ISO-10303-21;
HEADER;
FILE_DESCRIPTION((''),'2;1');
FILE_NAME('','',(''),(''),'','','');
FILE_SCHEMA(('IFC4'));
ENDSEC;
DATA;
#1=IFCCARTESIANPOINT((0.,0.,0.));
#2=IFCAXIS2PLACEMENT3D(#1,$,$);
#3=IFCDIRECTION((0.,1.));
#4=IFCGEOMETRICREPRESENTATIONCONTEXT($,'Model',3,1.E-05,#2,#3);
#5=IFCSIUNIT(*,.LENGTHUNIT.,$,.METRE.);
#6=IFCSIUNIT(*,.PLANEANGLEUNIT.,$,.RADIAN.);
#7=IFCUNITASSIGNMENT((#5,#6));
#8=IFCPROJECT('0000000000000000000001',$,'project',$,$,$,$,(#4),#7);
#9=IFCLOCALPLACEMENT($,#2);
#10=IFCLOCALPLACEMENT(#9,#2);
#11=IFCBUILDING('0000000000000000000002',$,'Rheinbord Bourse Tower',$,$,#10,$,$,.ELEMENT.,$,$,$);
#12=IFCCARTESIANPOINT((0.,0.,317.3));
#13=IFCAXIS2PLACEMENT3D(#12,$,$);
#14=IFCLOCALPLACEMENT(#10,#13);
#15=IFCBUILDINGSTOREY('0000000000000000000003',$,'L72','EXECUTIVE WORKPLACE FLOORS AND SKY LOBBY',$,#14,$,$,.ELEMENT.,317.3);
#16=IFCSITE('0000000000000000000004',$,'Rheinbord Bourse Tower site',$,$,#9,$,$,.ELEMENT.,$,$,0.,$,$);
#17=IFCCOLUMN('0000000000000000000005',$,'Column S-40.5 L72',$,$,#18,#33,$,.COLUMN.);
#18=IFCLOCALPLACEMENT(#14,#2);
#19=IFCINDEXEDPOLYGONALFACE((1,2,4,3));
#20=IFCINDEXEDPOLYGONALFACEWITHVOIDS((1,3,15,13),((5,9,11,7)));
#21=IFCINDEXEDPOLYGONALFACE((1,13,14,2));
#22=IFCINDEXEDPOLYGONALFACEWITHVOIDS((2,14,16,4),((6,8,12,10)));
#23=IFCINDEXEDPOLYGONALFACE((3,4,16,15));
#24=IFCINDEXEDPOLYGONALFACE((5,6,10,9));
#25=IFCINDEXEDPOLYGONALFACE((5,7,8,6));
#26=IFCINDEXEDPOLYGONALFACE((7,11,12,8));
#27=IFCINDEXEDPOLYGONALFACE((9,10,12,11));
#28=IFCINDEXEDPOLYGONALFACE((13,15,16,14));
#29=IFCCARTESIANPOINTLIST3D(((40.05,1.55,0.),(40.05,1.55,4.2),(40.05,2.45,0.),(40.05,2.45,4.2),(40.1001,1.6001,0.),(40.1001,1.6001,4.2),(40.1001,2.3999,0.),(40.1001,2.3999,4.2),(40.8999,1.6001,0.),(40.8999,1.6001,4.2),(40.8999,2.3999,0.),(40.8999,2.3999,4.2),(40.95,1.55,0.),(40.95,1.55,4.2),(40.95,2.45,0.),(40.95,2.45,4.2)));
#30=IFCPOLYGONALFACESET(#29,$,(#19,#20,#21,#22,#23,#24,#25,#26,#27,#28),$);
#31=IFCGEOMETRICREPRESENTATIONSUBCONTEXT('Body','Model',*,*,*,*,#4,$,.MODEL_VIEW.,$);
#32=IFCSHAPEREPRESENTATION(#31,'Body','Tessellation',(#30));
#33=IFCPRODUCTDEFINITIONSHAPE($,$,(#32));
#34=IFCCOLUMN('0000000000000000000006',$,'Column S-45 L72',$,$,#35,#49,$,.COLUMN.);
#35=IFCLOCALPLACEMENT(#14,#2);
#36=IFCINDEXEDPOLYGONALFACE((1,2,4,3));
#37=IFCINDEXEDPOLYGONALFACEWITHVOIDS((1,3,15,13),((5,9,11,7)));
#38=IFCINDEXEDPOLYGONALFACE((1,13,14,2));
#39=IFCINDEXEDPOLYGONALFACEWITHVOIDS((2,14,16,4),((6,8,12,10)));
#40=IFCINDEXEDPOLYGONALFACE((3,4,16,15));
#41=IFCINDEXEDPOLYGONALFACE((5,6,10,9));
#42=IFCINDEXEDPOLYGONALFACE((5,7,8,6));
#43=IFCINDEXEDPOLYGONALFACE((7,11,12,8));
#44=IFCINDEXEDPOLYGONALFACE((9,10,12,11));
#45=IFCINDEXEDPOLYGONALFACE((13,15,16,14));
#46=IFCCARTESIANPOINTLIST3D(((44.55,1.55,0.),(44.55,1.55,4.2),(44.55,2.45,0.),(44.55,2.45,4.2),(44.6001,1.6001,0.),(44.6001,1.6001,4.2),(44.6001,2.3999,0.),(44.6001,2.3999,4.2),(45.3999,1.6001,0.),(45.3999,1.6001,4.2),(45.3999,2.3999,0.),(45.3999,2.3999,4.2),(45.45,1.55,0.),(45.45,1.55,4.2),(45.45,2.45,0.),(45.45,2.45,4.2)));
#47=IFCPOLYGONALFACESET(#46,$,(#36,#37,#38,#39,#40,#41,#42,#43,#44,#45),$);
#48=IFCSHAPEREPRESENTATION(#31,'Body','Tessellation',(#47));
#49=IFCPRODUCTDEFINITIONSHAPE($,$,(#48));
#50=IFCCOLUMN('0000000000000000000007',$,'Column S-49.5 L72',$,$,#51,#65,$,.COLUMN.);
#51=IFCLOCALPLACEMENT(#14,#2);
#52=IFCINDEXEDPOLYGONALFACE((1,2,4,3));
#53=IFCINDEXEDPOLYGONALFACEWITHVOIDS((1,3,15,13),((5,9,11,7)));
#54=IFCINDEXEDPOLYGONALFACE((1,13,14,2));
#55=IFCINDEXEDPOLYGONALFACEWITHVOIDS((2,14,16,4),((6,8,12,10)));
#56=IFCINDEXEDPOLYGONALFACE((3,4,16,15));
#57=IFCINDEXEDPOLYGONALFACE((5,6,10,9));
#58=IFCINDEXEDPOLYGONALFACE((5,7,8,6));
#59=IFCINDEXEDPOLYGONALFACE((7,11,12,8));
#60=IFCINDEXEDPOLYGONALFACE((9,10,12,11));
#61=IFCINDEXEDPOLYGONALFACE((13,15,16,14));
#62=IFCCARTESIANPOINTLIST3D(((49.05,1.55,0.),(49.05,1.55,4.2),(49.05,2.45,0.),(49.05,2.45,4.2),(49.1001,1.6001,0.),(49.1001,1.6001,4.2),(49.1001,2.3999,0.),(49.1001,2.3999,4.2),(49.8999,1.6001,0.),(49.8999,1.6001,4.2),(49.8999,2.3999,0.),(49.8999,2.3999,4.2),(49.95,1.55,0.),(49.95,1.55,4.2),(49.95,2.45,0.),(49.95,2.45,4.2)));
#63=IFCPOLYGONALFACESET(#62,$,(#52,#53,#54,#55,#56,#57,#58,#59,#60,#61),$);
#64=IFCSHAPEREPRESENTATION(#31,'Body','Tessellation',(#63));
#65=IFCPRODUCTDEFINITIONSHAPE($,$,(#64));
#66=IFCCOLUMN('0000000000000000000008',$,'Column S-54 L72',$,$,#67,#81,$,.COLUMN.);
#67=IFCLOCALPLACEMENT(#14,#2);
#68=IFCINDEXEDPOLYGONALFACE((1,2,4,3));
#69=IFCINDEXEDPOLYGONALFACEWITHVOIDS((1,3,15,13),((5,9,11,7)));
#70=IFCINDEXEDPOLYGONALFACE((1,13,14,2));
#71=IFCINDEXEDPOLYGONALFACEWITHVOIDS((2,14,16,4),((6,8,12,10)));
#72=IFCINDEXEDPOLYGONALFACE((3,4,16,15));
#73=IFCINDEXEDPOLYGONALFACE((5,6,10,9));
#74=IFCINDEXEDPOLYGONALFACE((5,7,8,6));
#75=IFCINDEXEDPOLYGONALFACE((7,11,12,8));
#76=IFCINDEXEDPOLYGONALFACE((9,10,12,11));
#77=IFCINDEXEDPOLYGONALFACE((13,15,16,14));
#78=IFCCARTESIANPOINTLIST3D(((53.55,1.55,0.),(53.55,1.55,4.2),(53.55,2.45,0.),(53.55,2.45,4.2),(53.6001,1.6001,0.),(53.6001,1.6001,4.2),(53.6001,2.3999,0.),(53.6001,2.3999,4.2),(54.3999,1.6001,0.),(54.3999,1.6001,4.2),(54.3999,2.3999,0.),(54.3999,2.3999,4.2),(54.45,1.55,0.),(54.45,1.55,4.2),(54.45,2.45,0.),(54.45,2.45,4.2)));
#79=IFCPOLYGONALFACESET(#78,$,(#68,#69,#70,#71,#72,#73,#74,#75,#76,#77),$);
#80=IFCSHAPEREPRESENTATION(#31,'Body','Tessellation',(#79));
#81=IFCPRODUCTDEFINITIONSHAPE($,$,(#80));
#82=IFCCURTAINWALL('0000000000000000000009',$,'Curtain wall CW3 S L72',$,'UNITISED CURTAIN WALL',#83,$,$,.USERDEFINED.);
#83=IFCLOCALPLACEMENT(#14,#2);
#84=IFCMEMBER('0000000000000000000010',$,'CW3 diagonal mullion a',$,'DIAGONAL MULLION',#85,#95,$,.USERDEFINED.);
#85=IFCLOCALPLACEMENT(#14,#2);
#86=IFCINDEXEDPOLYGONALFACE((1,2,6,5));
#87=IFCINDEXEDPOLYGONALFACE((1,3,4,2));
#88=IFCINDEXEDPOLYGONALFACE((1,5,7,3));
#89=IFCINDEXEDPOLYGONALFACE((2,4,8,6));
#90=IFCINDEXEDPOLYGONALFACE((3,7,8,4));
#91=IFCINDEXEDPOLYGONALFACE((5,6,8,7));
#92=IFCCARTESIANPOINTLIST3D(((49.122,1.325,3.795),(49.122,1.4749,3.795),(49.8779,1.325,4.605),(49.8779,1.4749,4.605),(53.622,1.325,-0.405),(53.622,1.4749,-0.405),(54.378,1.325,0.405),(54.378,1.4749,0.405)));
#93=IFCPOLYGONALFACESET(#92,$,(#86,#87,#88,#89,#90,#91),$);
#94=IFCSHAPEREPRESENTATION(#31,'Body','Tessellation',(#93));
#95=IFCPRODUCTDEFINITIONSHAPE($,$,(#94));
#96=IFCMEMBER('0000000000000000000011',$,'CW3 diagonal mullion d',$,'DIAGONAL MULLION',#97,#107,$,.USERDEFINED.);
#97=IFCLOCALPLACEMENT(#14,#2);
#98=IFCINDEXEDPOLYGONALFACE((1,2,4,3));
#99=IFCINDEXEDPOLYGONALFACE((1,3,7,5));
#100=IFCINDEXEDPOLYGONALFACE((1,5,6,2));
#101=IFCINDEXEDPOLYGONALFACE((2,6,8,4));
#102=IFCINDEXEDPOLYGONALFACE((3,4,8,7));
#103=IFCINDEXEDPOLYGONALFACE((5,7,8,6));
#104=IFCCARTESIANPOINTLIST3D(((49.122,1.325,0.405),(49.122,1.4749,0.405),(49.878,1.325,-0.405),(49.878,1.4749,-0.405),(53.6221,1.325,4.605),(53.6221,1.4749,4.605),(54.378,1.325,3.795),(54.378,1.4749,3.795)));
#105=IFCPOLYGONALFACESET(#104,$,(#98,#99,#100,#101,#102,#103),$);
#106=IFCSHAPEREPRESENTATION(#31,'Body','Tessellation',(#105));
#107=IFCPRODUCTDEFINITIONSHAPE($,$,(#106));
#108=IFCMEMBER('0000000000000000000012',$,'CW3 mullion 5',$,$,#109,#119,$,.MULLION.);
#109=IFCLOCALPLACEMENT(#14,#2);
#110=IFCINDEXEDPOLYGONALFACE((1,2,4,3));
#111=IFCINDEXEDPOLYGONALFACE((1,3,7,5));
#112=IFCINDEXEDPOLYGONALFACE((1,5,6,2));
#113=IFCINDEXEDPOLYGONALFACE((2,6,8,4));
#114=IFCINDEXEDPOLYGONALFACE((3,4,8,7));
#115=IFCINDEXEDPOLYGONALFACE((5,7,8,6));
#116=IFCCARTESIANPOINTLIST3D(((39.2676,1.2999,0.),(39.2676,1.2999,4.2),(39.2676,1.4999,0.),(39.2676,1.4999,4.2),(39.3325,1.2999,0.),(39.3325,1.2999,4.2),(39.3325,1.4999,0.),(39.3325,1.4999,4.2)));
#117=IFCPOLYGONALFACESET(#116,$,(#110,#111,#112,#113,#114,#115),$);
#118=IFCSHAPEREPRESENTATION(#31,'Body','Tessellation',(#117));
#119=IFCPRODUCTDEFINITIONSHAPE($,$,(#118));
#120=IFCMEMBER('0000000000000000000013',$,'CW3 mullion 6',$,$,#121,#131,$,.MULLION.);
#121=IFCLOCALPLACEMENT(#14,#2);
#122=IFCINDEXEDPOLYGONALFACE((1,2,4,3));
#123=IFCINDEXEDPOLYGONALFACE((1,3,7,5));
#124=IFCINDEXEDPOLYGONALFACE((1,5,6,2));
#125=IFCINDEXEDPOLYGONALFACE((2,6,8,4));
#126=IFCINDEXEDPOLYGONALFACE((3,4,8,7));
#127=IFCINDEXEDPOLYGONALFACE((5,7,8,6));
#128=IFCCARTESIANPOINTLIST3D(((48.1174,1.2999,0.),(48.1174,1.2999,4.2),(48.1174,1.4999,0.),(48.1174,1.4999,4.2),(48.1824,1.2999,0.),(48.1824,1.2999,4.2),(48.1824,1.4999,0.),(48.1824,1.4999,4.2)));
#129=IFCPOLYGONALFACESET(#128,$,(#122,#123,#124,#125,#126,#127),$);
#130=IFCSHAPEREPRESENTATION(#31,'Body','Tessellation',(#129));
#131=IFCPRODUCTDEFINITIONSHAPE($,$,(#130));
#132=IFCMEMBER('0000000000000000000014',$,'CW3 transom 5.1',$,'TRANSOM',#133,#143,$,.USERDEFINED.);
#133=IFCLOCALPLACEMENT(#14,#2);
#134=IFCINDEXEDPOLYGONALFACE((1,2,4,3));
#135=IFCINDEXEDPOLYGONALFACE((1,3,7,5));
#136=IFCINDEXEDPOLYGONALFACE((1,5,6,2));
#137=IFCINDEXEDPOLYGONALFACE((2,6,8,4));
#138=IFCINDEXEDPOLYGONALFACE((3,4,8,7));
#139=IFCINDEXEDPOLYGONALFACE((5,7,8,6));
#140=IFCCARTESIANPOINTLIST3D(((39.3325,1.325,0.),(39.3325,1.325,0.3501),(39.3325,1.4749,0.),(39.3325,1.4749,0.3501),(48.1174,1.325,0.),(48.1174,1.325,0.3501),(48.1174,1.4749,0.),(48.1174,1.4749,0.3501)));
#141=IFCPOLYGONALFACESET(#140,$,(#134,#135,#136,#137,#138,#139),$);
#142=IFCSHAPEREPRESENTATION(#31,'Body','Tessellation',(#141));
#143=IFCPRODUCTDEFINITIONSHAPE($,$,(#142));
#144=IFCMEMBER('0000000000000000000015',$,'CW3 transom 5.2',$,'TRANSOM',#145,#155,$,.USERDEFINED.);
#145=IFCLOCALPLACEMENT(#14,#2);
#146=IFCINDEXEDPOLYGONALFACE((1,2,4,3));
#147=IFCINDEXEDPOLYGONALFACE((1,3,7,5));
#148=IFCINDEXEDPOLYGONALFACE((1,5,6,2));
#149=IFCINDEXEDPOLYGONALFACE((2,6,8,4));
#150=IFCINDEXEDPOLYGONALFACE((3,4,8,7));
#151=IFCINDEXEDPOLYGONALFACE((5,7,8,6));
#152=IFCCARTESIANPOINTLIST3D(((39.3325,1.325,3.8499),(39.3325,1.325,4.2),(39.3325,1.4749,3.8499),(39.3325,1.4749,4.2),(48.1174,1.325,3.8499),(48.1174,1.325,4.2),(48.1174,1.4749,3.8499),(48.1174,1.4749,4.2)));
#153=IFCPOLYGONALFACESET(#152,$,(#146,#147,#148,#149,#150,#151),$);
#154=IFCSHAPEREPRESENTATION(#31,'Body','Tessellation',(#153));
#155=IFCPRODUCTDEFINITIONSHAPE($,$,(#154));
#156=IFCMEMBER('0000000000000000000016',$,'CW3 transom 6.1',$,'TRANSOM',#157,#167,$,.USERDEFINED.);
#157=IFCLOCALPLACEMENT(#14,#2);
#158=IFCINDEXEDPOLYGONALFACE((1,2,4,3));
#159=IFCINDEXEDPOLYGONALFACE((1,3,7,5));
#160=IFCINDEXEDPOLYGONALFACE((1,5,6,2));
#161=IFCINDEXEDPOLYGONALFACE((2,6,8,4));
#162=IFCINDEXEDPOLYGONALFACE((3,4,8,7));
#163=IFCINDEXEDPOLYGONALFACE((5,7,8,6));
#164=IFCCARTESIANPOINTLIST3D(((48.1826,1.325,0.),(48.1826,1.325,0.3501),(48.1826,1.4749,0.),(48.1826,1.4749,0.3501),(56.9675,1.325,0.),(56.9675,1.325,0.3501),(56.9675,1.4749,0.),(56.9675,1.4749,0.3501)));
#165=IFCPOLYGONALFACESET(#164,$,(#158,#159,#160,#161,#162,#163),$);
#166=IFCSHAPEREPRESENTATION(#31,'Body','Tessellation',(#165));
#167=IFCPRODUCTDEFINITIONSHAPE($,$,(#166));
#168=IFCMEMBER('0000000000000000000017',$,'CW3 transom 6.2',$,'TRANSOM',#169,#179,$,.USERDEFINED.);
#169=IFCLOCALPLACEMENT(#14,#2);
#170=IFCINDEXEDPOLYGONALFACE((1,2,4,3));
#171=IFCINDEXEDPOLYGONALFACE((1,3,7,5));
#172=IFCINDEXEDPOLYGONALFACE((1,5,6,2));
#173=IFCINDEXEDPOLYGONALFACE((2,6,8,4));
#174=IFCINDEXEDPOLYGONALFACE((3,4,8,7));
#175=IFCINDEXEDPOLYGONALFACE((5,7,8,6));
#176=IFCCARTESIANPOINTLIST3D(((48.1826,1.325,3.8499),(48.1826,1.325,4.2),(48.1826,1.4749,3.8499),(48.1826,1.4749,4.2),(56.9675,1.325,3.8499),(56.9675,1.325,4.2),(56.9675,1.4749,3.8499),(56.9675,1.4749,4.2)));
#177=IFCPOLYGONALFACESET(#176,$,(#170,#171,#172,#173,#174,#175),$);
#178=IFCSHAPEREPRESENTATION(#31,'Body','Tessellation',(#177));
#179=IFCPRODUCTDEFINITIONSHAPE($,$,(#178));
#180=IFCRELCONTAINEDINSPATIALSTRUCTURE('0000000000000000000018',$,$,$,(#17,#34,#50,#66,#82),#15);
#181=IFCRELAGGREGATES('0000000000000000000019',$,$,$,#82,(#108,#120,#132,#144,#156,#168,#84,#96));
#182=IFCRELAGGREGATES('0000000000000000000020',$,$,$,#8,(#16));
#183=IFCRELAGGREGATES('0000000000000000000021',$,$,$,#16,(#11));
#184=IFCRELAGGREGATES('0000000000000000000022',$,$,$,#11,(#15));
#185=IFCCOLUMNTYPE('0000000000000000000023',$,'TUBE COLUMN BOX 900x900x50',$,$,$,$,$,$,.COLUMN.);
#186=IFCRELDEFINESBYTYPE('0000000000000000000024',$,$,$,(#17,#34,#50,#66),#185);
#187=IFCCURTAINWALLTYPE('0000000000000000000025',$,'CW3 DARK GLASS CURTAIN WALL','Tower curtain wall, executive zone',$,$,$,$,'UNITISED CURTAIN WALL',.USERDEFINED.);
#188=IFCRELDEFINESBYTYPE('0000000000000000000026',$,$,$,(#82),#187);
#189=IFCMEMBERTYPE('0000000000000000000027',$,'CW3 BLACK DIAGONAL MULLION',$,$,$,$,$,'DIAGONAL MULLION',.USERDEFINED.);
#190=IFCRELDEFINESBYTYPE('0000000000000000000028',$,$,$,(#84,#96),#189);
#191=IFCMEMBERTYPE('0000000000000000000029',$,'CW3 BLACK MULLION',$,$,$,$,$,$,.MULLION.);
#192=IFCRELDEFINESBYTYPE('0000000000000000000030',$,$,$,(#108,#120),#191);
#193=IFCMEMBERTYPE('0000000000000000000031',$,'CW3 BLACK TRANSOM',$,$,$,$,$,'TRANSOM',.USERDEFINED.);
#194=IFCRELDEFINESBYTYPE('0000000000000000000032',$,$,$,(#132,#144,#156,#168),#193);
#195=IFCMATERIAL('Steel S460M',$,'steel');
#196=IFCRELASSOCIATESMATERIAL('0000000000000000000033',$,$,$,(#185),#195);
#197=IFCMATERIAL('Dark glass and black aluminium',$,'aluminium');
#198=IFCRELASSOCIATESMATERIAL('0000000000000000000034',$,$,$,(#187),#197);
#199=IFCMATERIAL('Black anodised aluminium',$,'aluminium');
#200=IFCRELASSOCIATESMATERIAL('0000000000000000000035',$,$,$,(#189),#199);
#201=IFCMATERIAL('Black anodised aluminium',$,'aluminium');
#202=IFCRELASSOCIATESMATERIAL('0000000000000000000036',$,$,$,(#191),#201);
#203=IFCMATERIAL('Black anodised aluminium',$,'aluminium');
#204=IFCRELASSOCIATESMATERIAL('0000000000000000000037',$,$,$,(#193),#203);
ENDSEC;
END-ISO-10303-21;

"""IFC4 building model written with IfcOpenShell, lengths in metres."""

from ifc_helpers import new_model, si_unit, direction, frame, origin, origin_2d, place, context, subcontext, project, spatial, rectangle, hollow_rectangle, extrude, material, material_profile, profile_set, type_object, element, aggregate, save


model = new_model("IFC4")

# Units and contexts
model_context = context("Model", 3, precision=1e-05, world=origin(), true_north=direction((0.0, 1.0)))
body_context = subcontext(model_context, "Body", "Model", "MODEL_VIEW")
ifc_project = project(units=[si_unit("LENGTHUNIT", "METRE"), si_unit("PLANEANGLEUNIT", "RADIAN")], contexts=[model_context])

# Site, building, storey
site_placement = place(None, origin())
site = spatial("IfcSite", under=ifc_project, at=site_placement, Name="Rheinbord Bourse Tower site", CompositionType="ELEMENT", RefElevation=0.0)
building_placement = place(site_placement, origin())
building = spatial("IfcBuilding", under=site, at=building_placement, Name="Rheinbord Bourse Tower", CompositionType="ELEMENT")
storey_placement = place(building_placement, frame((0.0, 0.0, 317.3)))
storey = spatial("IfcBuildingStorey", under=building, at=storey_placement, Name="L72", Description="EXECUTIVE WORKPLACE FLOORS AND SKY LOBBY", CompositionType="ELEMENT", Elevation=317.3)

# Columns
ifc_material_1 = material(Name="Steel S460M", Category="steel")
ifc_material_profile_1 = material_profile(ifc_material_1, hollow_rectangle(XDim=0.8999, YDim=0.8999, WallThickness=0.05, at=origin_2d()), Name="BOX 900x900x50")
ifc_profile_set_1 = profile_set([ifc_material_profile_1], Name="Steel S460M")
column_type = type_object("IfcColumnType", Name="TUBE COLUMN BOX 900x900x50", PredefinedType="COLUMN", material=ifc_profile_set_1)
for number, where, z_axis, x_axis, name in (
    (1, (40.5, 2.0, 0.0), (0.0, 0.0, 1.0), (0.0, 1.0, 0.0), "Column S-40.5 L72"),
    (2, (45.0, 2.0, 0.0), (0.0, 0.0, 1.0), (0.0, 1.0, 0.0), "Column S-45 L72"),
    (3, (49.5, 2.0, 0.0), (0.0, 0.0, 1.0), (0.0, 1.0, 0.0), "Column S-49.5 L72"),
    (4, (54.0, 2.0, 0.0), (0.0, 0.0, 1.0), (0.0, 1.0, 0.0), "Column S-54 L72"),
):
    element("IfcColumn", number, at=place(storey_placement, frame(where, z_axis=z_axis, x_axis=x_axis)), inside=storey, type_object=column_type, Name=name, PredefinedType="COLUMN", context=body_context, shape_type="SweptSolid", body=[
        extrude(hollow_rectangle(XDim=0.8999, YDim=0.8999, WallThickness=0.05, at=origin_2d()), origin(), (0.0, 0.0, 1.0), 4.2),
    ])

# Curtain wall, members
ifc_material_2 = material(Name="Dark glass and black aluminium", Category="aluminium")
curtain_wall_type = type_object("IfcCurtainWallType", Name="CW3 DARK GLASS CURTAIN WALL", Description="Tower curtain wall, executive zone", ElementType="UNITISED CURTAIN WALL", PredefinedType="USERDEFINED", material=ifc_material_2)
curtain_wall_placement = place(storey_placement, origin())
curtain_wall = element("IfcCurtainWall", 5, at=curtain_wall_placement, inside=storey, type_object=curtain_wall_type, Name="Curtain wall CW3 S L72", ObjectType="UNITISED CURTAIN WALL", PredefinedType="USERDEFINED")
ifc_material_3 = material(Name="Black anodised aluminium", Category="aluminium")
ifc_material_profile_2 = material_profile(ifc_material_3, rectangle(XDim=0.1499, YDim=1.1079, at=origin_2d()), Name="CW3 DIAGONAL MULLION 1108x150")
ifc_profile_set_2 = profile_set([ifc_material_profile_2], Name="Black anodised aluminium")
member_type_1 = type_object("IfcMemberType", Name="CW3 BLACK DIAGONAL MULLION", ElementType="DIAGONAL MULLION", PredefinedType="USERDEFINED", material=ifc_profile_set_2)
member_1_placement = place(storey_placement, frame((54.0, 1.3999, 0.0), z_axis=(-0.731059, 0.0, 0.682314), x_axis=(0.0, -1.0, 0.0)))
member_1 = element("IfcMember", 6, at=member_1_placement, type_object=member_type_1, Name="CW3 diagonal mullion a", ObjectType="DIAGONAL MULLION", PredefinedType="USERDEFINED", context=body_context, shape_type="SweptSolid", body=[
    extrude(rectangle(XDim=0.1499, YDim=1.1079, at=origin_2d()), origin(), (0.0, 0.0, 1.0), 6.1555),
])
member_2_placement = place(storey_placement, frame((49.5, 1.3999, 0.0), z_axis=(0.731059, 0.0, 0.682314), x_axis=(0.0, 1.0, 0.0)))
member_2 = element("IfcMember", 7, at=member_2_placement, type_object=member_type_1, Name="CW3 diagonal mullion d", ObjectType="DIAGONAL MULLION", PredefinedType="USERDEFINED", context=body_context, shape_type="SweptSolid", body=[
    extrude(rectangle(XDim=0.1499, YDim=1.1079, at=origin_2d()), origin(), (0.0, 0.0, 1.0), 6.1555),
])
ifc_material_4 = material(Name="Black anodised aluminium", Category="aluminium")
ifc_material_profile_3 = material_profile(ifc_material_4, rectangle(XDim=0.2, YDim=0.0649, at=origin_2d()), Name="CW3 MULLION 65x200")
ifc_profile_set_3 = profile_set([ifc_material_profile_3], Name="Black anodised aluminium")
member_type_2 = type_object("IfcMemberType", Name="CW3 BLACK MULLION", PredefinedType="MULLION", material=ifc_profile_set_3)
member_3_placement = place(storey_placement, frame((39.3, 1.3999, 0.0), z_axis=(0.0, 0.0, 1.0), x_axis=(0.0, 1.0, 0.0)))
member_3 = element("IfcMember", 8, at=member_3_placement, type_object=member_type_2, Name="CW3 mullion 5", PredefinedType="MULLION", context=body_context, shape_type="SweptSolid", body=[
    extrude(rectangle(XDim=0.2, YDim=0.0649, at=origin_2d()), origin(), (0.0, 0.0, 1.0), 4.2),
])
member_4_placement = place(storey_placement, frame((48.1499, 1.3999, 0.0), z_axis=(0.0, 0.0, 1.0), x_axis=(0.0, 1.0, 0.0)))
member_4 = element("IfcMember", 9, at=member_4_placement, type_object=member_type_2, Name="CW3 mullion 6", PredefinedType="MULLION", context=body_context, shape_type="SweptSolid", body=[
    extrude(rectangle(XDim=0.2, YDim=0.0649, at=origin_2d()), origin(), (0.0, 0.0, 1.0), 4.2),
])
ifc_material_5 = material(Name="Black anodised aluminium", Category="aluminium")
ifc_material_profile_4 = material_profile(ifc_material_5, rectangle(XDim=0.1499, YDim=0.3501, at=origin_2d()), Name="CW3 TRANSOM 350x150")
ifc_profile_set_4 = profile_set([ifc_material_profile_4], Name="Black anodised aluminium")
member_type_3 = type_object("IfcMemberType", Name="CW3 BLACK TRANSOM", ElementType="TRANSOM", PredefinedType="USERDEFINED", material=ifc_profile_set_4)
member_5_placement = place(storey_placement, frame((39.3325, 1.3999, 0.175), z_axis=(1.0, 0.0, 0.0), x_axis=(0.0, 1.0, 0.0)))
member_5 = element("IfcMember", 10, at=member_5_placement, type_object=member_type_3, Name="CW3 transom 5.1", ObjectType="TRANSOM", PredefinedType="USERDEFINED", context=body_context, shape_type="SweptSolid", body=[
    extrude(rectangle(XDim=0.1499, YDim=0.3501, at=origin_2d()), origin(), (0.0, 0.0, 1.0), 8.7849),
])
member_6_placement = place(storey_placement, frame((39.3325, 1.3999, 4.0249), z_axis=(1.0, 0.0, 0.0), x_axis=(0.0, 1.0, 0.0)))
member_6 = element("IfcMember", 11, at=member_6_placement, type_object=member_type_3, Name="CW3 transom 5.2", ObjectType="TRANSOM", PredefinedType="USERDEFINED", context=body_context, shape_type="SweptSolid", body=[
    extrude(rectangle(XDim=0.1499, YDim=0.3501, at=origin_2d()), origin(), (0.0, 0.0, 1.0), 8.7849),
])
member_7_placement = place(storey_placement, frame((48.1826, 1.3999, 0.175), z_axis=(1.0, 0.0, 0.0), x_axis=(0.0, 1.0, 0.0)))
member_7 = element("IfcMember", 12, at=member_7_placement, type_object=member_type_3, Name="CW3 transom 6.1", ObjectType="TRANSOM", PredefinedType="USERDEFINED", context=body_context, shape_type="SweptSolid", body=[
    extrude(rectangle(XDim=0.1499, YDim=0.3501, at=origin_2d()), origin(), (0.0, 0.0, 1.0), 8.7849),
])
member_8_placement = place(storey_placement, frame((48.1826, 1.3999, 4.0249), z_axis=(1.0, 0.0, 0.0), x_axis=(0.0, 1.0, 0.0)))
member_8 = element("IfcMember", 13, at=member_8_placement, type_object=member_type_3, Name="CW3 transom 6.2", ObjectType="TRANSOM", PredefinedType="USERDEFINED", context=body_context, shape_type="SweptSolid", body=[
    extrude(rectangle(XDim=0.1499, YDim=0.3501, at=origin_2d()), origin(), (0.0, 0.0, 1.0), 8.7849),
])

aggregate(curtain_wall, [member_3, member_4, member_5, member_6, member_7, member_8, member_1, member_2])

save(model, "model.ifc")
